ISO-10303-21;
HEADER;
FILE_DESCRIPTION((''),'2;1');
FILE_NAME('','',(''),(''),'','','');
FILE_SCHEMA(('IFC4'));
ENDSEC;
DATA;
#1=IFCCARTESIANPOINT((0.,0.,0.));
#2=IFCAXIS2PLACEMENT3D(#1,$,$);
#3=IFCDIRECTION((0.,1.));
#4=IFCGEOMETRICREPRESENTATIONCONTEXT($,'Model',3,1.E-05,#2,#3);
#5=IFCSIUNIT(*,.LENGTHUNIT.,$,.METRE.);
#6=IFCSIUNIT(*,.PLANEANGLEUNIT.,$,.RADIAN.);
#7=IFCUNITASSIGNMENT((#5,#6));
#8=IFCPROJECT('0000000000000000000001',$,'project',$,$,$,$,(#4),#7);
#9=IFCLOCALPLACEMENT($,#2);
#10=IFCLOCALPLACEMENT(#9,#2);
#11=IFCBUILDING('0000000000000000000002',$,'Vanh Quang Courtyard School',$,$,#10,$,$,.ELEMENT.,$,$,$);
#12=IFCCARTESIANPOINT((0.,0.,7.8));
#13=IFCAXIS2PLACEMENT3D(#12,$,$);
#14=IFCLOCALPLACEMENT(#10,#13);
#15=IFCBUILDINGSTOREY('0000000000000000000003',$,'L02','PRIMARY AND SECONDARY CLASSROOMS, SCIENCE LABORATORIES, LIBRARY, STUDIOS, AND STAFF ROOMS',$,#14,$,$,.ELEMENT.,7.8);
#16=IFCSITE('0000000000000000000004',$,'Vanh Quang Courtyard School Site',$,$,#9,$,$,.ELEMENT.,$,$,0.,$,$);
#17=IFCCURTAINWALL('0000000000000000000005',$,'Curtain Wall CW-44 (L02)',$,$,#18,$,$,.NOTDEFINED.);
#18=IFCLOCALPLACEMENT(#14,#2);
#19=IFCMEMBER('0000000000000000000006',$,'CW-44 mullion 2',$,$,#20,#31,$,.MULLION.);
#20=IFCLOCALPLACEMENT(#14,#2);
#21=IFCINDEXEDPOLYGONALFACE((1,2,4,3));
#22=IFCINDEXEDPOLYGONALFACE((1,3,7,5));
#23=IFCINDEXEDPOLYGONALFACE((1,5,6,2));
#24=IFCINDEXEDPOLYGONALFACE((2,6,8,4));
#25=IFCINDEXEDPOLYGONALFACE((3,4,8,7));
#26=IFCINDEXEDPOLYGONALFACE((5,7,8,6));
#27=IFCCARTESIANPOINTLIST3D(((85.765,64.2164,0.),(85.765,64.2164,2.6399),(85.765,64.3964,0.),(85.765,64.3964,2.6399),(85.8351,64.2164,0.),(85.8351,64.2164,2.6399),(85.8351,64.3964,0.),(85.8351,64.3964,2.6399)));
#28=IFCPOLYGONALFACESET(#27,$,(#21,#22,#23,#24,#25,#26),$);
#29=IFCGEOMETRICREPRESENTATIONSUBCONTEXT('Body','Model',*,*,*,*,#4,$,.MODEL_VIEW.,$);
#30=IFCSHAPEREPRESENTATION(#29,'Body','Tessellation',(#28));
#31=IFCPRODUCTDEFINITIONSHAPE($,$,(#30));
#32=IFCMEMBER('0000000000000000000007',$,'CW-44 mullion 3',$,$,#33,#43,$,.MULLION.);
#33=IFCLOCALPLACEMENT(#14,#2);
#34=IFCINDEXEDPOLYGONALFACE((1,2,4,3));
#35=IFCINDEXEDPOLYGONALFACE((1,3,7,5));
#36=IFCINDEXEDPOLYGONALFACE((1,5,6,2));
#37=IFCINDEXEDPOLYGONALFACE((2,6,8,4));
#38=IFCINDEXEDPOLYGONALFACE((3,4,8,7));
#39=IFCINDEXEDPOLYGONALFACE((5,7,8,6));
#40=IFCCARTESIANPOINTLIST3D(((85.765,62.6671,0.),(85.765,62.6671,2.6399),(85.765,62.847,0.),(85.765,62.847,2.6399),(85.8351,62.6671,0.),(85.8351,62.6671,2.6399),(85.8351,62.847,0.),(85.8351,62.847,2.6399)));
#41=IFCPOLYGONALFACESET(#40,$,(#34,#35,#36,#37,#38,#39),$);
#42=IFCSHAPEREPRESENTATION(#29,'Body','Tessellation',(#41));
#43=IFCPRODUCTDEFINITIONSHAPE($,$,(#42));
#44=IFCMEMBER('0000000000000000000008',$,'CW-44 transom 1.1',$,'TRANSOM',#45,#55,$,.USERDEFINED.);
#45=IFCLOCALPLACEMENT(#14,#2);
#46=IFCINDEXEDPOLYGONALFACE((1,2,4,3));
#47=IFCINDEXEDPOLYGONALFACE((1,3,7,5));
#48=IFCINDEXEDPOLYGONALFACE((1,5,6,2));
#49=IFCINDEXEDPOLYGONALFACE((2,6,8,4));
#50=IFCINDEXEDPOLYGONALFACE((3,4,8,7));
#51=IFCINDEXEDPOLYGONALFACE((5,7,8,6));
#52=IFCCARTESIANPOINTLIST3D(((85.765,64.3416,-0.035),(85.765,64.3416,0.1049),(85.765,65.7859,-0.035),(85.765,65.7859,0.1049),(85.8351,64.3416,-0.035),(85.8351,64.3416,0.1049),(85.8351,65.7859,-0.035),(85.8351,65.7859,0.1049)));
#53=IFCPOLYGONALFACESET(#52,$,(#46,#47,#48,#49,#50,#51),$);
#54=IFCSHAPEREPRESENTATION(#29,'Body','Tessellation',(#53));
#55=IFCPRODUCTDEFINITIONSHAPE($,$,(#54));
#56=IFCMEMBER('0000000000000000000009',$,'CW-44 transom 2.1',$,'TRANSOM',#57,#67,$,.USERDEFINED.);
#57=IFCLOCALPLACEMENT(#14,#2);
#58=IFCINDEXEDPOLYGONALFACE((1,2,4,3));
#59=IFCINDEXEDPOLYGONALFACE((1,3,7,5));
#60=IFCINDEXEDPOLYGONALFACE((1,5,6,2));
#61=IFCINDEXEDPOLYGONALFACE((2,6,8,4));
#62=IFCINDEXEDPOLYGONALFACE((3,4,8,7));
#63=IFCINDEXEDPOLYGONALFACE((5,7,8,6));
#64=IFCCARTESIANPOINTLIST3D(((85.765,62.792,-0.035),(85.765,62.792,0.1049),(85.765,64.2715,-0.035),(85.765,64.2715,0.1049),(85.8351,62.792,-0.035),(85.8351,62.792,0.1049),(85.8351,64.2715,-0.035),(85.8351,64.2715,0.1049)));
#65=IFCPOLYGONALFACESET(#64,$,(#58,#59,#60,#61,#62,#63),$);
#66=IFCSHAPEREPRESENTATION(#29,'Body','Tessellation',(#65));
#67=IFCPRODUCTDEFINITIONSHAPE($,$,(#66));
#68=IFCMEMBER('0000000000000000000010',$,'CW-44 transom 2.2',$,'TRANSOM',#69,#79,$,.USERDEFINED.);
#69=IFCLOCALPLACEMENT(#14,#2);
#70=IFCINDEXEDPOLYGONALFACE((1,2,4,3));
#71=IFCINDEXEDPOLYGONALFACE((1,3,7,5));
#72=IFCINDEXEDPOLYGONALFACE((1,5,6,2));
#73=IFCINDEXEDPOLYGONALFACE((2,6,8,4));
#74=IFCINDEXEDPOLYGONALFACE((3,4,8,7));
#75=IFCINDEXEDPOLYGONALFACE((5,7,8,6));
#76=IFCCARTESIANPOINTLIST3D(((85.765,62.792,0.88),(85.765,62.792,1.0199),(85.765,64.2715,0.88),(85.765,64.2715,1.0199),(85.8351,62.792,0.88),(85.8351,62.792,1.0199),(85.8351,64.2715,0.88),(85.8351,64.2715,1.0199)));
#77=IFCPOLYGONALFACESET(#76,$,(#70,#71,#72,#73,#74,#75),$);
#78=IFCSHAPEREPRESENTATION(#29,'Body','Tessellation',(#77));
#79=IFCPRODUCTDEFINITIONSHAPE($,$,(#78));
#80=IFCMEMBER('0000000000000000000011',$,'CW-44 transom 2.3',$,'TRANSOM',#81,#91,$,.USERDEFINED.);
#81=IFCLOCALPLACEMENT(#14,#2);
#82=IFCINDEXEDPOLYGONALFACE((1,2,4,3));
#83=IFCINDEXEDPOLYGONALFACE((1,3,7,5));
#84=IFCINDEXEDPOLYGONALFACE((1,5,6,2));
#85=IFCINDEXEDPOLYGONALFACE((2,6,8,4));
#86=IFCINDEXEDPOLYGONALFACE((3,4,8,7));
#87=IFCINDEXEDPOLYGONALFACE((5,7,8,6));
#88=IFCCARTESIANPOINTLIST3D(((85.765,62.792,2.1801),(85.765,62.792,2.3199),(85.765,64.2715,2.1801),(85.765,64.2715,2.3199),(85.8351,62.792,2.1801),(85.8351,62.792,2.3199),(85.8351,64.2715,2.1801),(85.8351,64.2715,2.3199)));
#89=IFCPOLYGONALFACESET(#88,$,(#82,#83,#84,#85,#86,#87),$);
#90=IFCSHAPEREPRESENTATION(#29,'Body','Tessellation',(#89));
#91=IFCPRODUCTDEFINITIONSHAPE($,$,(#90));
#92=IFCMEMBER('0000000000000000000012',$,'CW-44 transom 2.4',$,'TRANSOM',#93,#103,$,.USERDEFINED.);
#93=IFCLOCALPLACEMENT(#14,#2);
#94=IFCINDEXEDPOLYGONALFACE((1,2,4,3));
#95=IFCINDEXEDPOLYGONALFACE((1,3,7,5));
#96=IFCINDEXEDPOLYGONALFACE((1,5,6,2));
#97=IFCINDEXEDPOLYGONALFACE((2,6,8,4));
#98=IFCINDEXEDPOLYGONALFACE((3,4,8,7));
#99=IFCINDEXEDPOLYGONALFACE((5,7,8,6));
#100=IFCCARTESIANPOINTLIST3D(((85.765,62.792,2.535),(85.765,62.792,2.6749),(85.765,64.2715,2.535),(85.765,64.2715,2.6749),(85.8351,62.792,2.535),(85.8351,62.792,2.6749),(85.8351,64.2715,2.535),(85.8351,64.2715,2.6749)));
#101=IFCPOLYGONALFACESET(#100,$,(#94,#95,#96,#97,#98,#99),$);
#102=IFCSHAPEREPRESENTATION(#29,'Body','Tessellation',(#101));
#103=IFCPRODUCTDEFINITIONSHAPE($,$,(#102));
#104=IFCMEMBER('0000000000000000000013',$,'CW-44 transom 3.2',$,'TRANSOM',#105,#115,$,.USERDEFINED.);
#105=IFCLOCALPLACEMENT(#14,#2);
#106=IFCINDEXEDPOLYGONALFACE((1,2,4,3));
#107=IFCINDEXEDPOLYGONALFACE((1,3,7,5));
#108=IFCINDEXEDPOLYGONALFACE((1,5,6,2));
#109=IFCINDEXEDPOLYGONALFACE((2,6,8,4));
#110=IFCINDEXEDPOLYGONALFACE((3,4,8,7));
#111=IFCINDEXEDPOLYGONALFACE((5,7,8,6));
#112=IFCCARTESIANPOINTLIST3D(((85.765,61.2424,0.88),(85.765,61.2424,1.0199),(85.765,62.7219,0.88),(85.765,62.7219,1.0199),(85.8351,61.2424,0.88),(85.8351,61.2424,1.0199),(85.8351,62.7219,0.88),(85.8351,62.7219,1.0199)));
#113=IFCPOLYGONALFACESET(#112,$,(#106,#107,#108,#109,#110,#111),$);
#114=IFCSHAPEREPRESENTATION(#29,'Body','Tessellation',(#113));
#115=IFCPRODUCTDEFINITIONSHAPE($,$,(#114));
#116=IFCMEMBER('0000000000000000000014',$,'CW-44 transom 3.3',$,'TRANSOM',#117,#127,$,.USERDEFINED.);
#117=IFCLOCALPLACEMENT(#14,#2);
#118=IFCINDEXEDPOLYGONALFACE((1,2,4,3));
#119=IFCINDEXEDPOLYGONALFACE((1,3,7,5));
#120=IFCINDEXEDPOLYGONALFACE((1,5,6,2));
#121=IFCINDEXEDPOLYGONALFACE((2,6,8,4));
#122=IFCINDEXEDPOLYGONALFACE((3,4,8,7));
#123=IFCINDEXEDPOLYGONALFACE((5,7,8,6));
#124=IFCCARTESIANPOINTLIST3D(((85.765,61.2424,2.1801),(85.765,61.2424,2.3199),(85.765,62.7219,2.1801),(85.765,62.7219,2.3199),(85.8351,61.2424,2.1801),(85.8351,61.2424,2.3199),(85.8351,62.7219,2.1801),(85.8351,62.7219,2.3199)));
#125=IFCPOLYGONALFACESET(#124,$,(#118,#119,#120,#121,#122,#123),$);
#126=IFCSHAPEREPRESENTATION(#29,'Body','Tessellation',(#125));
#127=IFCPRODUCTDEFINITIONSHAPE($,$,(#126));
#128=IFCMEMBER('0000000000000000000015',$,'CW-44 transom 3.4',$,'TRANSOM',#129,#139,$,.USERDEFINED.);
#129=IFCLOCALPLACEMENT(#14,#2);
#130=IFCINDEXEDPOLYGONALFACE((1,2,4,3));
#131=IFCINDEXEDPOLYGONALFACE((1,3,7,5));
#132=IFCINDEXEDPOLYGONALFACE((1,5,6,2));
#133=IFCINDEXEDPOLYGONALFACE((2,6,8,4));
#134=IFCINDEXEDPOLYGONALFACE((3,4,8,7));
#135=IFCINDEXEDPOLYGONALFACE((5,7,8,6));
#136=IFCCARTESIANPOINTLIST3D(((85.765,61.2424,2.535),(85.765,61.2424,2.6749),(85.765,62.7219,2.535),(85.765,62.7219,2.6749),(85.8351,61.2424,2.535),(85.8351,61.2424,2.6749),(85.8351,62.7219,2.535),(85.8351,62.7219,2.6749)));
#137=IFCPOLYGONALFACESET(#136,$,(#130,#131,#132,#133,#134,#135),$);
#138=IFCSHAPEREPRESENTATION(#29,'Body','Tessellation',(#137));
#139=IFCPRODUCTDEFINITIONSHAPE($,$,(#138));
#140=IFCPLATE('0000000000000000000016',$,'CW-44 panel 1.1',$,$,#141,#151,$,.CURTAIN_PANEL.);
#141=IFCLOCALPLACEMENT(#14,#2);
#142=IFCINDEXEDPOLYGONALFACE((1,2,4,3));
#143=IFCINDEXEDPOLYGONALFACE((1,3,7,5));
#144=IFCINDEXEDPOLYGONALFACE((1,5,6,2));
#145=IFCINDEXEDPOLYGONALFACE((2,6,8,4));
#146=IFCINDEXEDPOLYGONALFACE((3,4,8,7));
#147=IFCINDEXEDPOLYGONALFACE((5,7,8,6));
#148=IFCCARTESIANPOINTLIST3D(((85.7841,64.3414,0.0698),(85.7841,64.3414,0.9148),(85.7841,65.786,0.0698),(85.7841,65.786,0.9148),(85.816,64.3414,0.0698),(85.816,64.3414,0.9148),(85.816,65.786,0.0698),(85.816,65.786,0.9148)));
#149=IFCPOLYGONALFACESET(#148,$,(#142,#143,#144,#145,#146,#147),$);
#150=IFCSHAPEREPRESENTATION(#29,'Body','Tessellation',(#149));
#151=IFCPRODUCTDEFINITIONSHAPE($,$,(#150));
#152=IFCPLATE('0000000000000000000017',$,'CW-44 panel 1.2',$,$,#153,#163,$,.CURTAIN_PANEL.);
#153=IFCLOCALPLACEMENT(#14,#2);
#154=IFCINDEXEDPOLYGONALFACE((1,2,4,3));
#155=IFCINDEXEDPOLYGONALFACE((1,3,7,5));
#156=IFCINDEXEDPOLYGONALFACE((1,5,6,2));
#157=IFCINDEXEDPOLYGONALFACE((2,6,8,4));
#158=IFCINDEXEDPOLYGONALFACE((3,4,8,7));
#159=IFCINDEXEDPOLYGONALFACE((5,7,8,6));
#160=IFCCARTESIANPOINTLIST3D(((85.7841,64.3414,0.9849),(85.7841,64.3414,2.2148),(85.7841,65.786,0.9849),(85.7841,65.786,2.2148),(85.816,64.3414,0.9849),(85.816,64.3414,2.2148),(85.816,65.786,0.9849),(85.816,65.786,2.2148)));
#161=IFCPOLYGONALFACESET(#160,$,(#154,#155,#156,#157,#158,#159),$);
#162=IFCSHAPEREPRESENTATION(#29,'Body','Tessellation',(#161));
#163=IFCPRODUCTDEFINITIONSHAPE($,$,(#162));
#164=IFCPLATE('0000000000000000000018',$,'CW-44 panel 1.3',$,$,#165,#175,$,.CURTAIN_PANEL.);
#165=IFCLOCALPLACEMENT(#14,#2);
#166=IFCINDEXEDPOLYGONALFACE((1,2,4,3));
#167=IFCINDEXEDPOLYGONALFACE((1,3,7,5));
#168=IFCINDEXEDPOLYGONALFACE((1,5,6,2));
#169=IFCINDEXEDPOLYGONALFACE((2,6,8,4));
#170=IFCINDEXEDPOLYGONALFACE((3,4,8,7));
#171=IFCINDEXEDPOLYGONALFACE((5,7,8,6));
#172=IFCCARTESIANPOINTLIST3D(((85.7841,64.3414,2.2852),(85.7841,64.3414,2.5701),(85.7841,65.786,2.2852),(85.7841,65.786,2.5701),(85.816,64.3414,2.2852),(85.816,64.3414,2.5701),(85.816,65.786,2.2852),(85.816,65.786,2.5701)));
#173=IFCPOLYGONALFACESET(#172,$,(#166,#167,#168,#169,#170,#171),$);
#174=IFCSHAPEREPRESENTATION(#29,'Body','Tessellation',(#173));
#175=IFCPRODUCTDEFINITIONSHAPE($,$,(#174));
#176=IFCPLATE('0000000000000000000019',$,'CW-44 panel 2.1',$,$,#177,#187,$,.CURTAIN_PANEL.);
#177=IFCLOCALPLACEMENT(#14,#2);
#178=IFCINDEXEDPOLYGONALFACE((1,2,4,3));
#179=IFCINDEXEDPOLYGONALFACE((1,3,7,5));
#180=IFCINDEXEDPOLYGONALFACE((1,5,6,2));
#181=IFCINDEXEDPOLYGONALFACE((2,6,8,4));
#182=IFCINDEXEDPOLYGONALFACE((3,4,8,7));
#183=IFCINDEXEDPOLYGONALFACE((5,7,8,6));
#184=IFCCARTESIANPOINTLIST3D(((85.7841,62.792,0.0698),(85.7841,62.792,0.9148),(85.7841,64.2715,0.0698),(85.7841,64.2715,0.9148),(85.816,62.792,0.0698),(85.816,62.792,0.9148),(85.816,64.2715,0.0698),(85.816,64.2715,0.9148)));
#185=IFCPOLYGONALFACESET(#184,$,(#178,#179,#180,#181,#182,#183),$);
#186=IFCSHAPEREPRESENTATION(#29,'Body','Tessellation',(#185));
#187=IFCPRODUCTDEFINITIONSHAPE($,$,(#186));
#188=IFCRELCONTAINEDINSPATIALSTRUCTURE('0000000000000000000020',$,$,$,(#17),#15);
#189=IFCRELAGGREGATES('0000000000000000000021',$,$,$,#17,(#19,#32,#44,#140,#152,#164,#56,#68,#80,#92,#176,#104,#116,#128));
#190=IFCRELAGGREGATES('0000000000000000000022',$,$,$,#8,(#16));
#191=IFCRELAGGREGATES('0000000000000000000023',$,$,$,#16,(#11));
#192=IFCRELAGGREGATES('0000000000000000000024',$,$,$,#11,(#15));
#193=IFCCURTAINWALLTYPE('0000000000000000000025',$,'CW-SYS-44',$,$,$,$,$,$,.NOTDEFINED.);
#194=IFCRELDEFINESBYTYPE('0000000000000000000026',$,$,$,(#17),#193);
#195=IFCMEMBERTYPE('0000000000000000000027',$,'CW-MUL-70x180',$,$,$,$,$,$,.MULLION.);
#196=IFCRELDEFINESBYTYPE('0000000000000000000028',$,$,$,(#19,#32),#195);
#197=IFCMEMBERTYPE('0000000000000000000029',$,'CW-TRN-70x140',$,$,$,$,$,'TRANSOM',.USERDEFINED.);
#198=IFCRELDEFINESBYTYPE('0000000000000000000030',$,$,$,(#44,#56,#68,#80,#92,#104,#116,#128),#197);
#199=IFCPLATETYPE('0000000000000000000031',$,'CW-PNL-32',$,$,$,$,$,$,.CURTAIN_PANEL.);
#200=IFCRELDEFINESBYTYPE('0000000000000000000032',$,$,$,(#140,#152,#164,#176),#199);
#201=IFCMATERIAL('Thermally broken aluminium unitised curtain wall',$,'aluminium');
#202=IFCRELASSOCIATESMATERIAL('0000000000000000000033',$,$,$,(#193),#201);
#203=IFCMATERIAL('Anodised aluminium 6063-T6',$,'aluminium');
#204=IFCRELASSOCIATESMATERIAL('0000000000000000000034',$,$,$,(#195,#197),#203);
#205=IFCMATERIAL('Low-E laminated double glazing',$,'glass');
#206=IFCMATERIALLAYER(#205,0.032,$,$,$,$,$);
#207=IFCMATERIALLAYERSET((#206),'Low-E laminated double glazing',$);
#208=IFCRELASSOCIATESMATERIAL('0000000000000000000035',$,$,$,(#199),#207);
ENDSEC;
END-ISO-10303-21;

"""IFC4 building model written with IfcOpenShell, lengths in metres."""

from ifc_helpers import new_model, si_unit, direction, frame, origin, origin_2d, place, context, subcontext, project, spatial, rectangle, extrude, material, layer, layer_set, material_profile, profile_set, type_object, element, aggregate, save


model = new_model("IFC4")

# Units and contexts
model_context = context("Model", 3, precision=1e-05, world=origin(), true_north=direction((0.0, 1.0)))
body_context = subcontext(model_context, "Body", "Model", "MODEL_VIEW")
ifc_project = project(units=[si_unit("LENGTHUNIT", "METRE"), si_unit("PLANEANGLEUNIT", "RADIAN")], contexts=[model_context])

# Site, building, storey
site_placement = place(None, origin())
site = spatial("IfcSite", under=ifc_project, at=site_placement, Name="Vanh Quang Courtyard School Site", CompositionType="ELEMENT", RefElevation=0.0)
building_placement = place(site_placement, origin())
building = spatial("IfcBuilding", under=site, at=building_placement, Name="Vanh Quang Courtyard School", CompositionType="ELEMENT")
storey_placement = place(building_placement, frame((0.0, 0.0, 7.8)))
storey = spatial("IfcBuildingStorey", under=building, at=storey_placement, Name="L02", Description="PRIMARY AND SECONDARY CLASSROOMS, SCIENCE LABORATORIES, LIBRARY, STUDIOS, AND STAFF ROOMS", CompositionType="ELEMENT", Elevation=7.8)

# Curtain wall, members, plates
ifc_material_1 = material(Name="Thermally broken aluminium unitised curtain wall", Category="aluminium")
curtain_wall_type = type_object("IfcCurtainWallType", Name="CW-SYS-44", PredefinedType="NOTDEFINED", material=ifc_material_1)
curtain_wall_placement = place(storey_placement, origin())
curtain_wall = element("IfcCurtainWall", 1, at=curtain_wall_placement, inside=storey, type_object=curtain_wall_type, Name="Curtain Wall CW-44 (L02)", PredefinedType="NOTDEFINED")
ifc_material_2 = material(Name="Anodised aluminium 6063-T6", Category="aluminium")
ifc_material_profile_1 = material_profile(ifc_material_2, rectangle(XDim=0.0701, YDim=0.1799, at=origin_2d()), Name="ALU-MUL 70x180")
ifc_profile_set_1 = profile_set([ifc_material_profile_1], Name="Anodised aluminium 6063-T6")
member_type_1 = type_object("IfcMemberType", Name="CW-MUL-70x180", PredefinedType="MULLION", material=ifc_profile_set_1)
member_1_placement = place(storey_placement, frame((85.8, 64.3064, 0.0), z_axis=(0.0, 0.0, 1.0), x_axis=(1.0, 0.0, 0.0)))
member_1 = element("IfcMember", 2, at=member_1_placement, type_object=member_type_1, Name="CW-44 mullion 2", PredefinedType="MULLION", context=body_context, shape_type="SweptSolid", body=[
    extrude(rectangle(XDim=0.0701, YDim=0.1799, at=origin_2d()), origin(), (0.0, 0.0, 1.0), 2.6399),
])
member_2_placement = place(storey_placement, frame((85.8, 62.7571, 0.0), z_axis=(0.0, 0.0, 1.0), x_axis=(1.0, 0.0, 0.0)))
member_2 = element("IfcMember", 3, at=member_2_placement, type_object=member_type_1, Name="CW-44 mullion 3", PredefinedType="MULLION", context=body_context, shape_type="SweptSolid", body=[
    extrude(rectangle(XDim=0.0701, YDim=0.1799, at=origin_2d()), origin(), (0.0, 0.0, 1.0), 2.6399),
])
ifc_material_profile_2 = material_profile(ifc_material_2, rectangle(XDim=0.0701, YDim=0.1399, at=origin_2d()), Name="ALU-TRN 70x140")
ifc_profile_set_2 = profile_set([ifc_material_profile_2], Name="Anodised aluminium 6063-T6")
member_type_2 = type_object("IfcMemberType", Name="CW-TRN-70x140", ElementType="TRANSOM", PredefinedType="USERDEFINED", material=ifc_profile_set_2)
member_3_placement = place(storey_placement, frame((85.8, 65.7859, 0.0349), z_axis=(0.0, -1.0, 0.0), x_axis=(1.0, 0.0, 0.0)))
member_3 = element("IfcMember", 4, at=member_3_placement, type_object=member_type_2, Name="CW-44 transom 1.1", ObjectType="TRANSOM", PredefinedType="USERDEFINED", context=body_context, shape_type="SweptSolid", body=[
    extrude(rectangle(XDim=0.0701, YDim=0.1399, at=origin_2d()), origin(), (0.0, 0.0, 1.0), 1.4443),
])
member_4_placement = place(storey_placement, frame((85.8, 64.2715, 0.0349), z_axis=(0.0, -1.0, 0.0), x_axis=(1.0, 0.0, 0.0)))
member_4 = element("IfcMember", 5, at=member_4_placement, type_object=member_type_2, Name="CW-44 transom 2.1", ObjectType="TRANSOM", PredefinedType="USERDEFINED", context=body_context, shape_type="SweptSolid", body=[
    extrude(rectangle(XDim=0.0701, YDim=0.1399, at=origin_2d()), origin(), (0.0, 0.0, 1.0), 1.4795),
])
member_5_placement = place(storey_placement, frame((85.8, 64.2715, 0.95), z_axis=(0.0, -1.0, 0.0), x_axis=(1.0, 0.0, 0.0)))
member_5 = element("IfcMember", 6, at=member_5_placement, type_object=member_type_2, Name="CW-44 transom 2.2", ObjectType="TRANSOM", PredefinedType="USERDEFINED", context=body_context, shape_type="SweptSolid", body=[
    extrude(rectangle(XDim=0.0701, YDim=0.1399, at=origin_2d()), origin(), (0.0, 0.0, 1.0), 1.4795),
])
member_6_placement = place(storey_placement, frame((85.8, 64.2715, 2.25), z_axis=(0.0, -1.0, 0.0), x_axis=(1.0, 0.0, 0.0)))
member_6 = element("IfcMember", 7, at=member_6_placement, type_object=member_type_2, Name="CW-44 transom 2.3", ObjectType="TRANSOM", PredefinedType="USERDEFINED", context=body_context, shape_type="SweptSolid", body=[
    extrude(rectangle(XDim=0.0701, YDim=0.1399, at=origin_2d()), origin(), (0.0, 0.0, 1.0), 1.4795),
])
member_7_placement = place(storey_placement, frame((85.8, 64.2715, 2.605), z_axis=(0.0, -1.0, 0.0), x_axis=(1.0, 0.0, 0.0)))
member_7 = element("IfcMember", 8, at=member_7_placement, type_object=member_type_2, Name="CW-44 transom 2.4", ObjectType="TRANSOM", PredefinedType="USERDEFINED", context=body_context, shape_type="SweptSolid", body=[
    extrude(rectangle(XDim=0.0701, YDim=0.1399, at=origin_2d()), origin(), (0.0, 0.0, 1.0), 1.4795),
])
member_8_placement = place(storey_placement, frame((85.8, 62.7219, 0.95), z_axis=(0.0, -1.0, 0.0), x_axis=(1.0, 0.0, 0.0)))
member_8 = element("IfcMember", 9, at=member_8_placement, type_object=member_type_2, Name="CW-44 transom 3.2", ObjectType="TRANSOM", PredefinedType="USERDEFINED", context=body_context, shape_type="SweptSolid", body=[
    extrude(rectangle(XDim=0.0701, YDim=0.1399, at=origin_2d()), origin(), (0.0, 0.0, 1.0), 1.4795),
])
member_9_placement = place(storey_placement, frame((85.8, 62.7219, 2.25), z_axis=(0.0, -1.0, 0.0), x_axis=(1.0, 0.0, 0.0)))
member_9 = element("IfcMember", 10, at=member_9_placement, type_object=member_type_2, Name="CW-44 transom 3.3", ObjectType="TRANSOM", PredefinedType="USERDEFINED", context=body_context, shape_type="SweptSolid", body=[
    extrude(rectangle(XDim=0.0701, YDim=0.1399, at=origin_2d()), origin(), (0.0, 0.0, 1.0), 1.4795),
])
member_10_placement = place(storey_placement, frame((85.8, 62.7219, 2.605), z_axis=(0.0, -1.0, 0.0), x_axis=(1.0, 0.0, 0.0)))
member_10 = element("IfcMember", 11, at=member_10_placement, type_object=member_type_2, Name="CW-44 transom 3.4", ObjectType="TRANSOM", PredefinedType="USERDEFINED", context=body_context, shape_type="SweptSolid", body=[
    extrude(rectangle(XDim=0.0701, YDim=0.1399, at=origin_2d()), origin(), (0.0, 0.0, 1.0), 1.4795),
])
ifc_material_3 = material(Name="Low-E laminated double glazing", Category="glass")
ifc_layer_1 = layer(ifc_material_3, 0.032)
ifc_layer_set_1 = layer_set([ifc_layer_1], Name="Low-E laminated double glazing")
plate_type = type_object("IfcPlateType", Name="CW-PNL-32", PredefinedType="CURTAIN_PANEL", material=ifc_layer_set_1)
plate_1_placement = place(storey_placement, frame((85.8, 65.0637, 0.0698), z_axis=(0.0, 0.0, 1.0), x_axis=(0.0, -1.0, 0.0)))
plate_1 = element("IfcPlate", 12, at=plate_1_placement, type_object=plate_type, Name="CW-44 panel 1.1", PredefinedType="CURTAIN_PANEL", context=body_context, shape_type="SweptSolid", body=[
    extrude(rectangle(XDim=1.4446, YDim=0.032, at=origin_2d()), origin(), (0.0, 0.0, 1.0), 0.845),
])
plate_2_placement = place(storey_placement, frame((85.8, 65.0637, 0.9849), z_axis=(0.0, 0.0, 1.0), x_axis=(0.0, -1.0, 0.0)))
plate_2 = element("IfcPlate", 13, at=plate_2_placement, type_object=plate_type, Name="CW-44 panel 1.2", PredefinedType="CURTAIN_PANEL", context=body_context, shape_type="SweptSolid", body=[
    extrude(rectangle(XDim=1.4446, YDim=0.032, at=origin_2d()), origin(), (0.0, 0.0, 1.0), 1.23),
])
plate_3_placement = place(storey_placement, frame((85.8, 65.0637, 2.2852), z_axis=(0.0, 0.0, 1.0), x_axis=(0.0, -1.0, 0.0)))
plate_3 = element("IfcPlate", 14, at=plate_3_placement, type_object=plate_type, Name="CW-44 panel 1.3", PredefinedType="CURTAIN_PANEL", context=body_context, shape_type="SweptSolid", body=[
    extrude(rectangle(XDim=1.4446, YDim=0.032, at=origin_2d()), origin(), (0.0, 0.0, 1.0), 0.2849),
])
plate_4_placement = place(storey_placement, frame((85.8, 63.5317, 0.0698), z_axis=(0.0, 0.0, 1.0), x_axis=(0.0, -1.0, 0.0)))
plate_4 = element("IfcPlate", 15, at=plate_4_placement, type_object=plate_type, Name="CW-44 panel 2.1", PredefinedType="CURTAIN_PANEL", context=body_context, shape_type="SweptSolid", body=[
    extrude(rectangle(XDim=1.4795, YDim=0.032, at=origin_2d()), origin(), (0.0, 0.0, 1.0), 0.845),
])
aggregate(curtain_wall, [member_1, member_2, member_3, plate_1, plate_2, plate_3, member_4, member_5, member_6, member_7, plate_4, member_8, member_9, member_10])

save(model, "model.ifc")
